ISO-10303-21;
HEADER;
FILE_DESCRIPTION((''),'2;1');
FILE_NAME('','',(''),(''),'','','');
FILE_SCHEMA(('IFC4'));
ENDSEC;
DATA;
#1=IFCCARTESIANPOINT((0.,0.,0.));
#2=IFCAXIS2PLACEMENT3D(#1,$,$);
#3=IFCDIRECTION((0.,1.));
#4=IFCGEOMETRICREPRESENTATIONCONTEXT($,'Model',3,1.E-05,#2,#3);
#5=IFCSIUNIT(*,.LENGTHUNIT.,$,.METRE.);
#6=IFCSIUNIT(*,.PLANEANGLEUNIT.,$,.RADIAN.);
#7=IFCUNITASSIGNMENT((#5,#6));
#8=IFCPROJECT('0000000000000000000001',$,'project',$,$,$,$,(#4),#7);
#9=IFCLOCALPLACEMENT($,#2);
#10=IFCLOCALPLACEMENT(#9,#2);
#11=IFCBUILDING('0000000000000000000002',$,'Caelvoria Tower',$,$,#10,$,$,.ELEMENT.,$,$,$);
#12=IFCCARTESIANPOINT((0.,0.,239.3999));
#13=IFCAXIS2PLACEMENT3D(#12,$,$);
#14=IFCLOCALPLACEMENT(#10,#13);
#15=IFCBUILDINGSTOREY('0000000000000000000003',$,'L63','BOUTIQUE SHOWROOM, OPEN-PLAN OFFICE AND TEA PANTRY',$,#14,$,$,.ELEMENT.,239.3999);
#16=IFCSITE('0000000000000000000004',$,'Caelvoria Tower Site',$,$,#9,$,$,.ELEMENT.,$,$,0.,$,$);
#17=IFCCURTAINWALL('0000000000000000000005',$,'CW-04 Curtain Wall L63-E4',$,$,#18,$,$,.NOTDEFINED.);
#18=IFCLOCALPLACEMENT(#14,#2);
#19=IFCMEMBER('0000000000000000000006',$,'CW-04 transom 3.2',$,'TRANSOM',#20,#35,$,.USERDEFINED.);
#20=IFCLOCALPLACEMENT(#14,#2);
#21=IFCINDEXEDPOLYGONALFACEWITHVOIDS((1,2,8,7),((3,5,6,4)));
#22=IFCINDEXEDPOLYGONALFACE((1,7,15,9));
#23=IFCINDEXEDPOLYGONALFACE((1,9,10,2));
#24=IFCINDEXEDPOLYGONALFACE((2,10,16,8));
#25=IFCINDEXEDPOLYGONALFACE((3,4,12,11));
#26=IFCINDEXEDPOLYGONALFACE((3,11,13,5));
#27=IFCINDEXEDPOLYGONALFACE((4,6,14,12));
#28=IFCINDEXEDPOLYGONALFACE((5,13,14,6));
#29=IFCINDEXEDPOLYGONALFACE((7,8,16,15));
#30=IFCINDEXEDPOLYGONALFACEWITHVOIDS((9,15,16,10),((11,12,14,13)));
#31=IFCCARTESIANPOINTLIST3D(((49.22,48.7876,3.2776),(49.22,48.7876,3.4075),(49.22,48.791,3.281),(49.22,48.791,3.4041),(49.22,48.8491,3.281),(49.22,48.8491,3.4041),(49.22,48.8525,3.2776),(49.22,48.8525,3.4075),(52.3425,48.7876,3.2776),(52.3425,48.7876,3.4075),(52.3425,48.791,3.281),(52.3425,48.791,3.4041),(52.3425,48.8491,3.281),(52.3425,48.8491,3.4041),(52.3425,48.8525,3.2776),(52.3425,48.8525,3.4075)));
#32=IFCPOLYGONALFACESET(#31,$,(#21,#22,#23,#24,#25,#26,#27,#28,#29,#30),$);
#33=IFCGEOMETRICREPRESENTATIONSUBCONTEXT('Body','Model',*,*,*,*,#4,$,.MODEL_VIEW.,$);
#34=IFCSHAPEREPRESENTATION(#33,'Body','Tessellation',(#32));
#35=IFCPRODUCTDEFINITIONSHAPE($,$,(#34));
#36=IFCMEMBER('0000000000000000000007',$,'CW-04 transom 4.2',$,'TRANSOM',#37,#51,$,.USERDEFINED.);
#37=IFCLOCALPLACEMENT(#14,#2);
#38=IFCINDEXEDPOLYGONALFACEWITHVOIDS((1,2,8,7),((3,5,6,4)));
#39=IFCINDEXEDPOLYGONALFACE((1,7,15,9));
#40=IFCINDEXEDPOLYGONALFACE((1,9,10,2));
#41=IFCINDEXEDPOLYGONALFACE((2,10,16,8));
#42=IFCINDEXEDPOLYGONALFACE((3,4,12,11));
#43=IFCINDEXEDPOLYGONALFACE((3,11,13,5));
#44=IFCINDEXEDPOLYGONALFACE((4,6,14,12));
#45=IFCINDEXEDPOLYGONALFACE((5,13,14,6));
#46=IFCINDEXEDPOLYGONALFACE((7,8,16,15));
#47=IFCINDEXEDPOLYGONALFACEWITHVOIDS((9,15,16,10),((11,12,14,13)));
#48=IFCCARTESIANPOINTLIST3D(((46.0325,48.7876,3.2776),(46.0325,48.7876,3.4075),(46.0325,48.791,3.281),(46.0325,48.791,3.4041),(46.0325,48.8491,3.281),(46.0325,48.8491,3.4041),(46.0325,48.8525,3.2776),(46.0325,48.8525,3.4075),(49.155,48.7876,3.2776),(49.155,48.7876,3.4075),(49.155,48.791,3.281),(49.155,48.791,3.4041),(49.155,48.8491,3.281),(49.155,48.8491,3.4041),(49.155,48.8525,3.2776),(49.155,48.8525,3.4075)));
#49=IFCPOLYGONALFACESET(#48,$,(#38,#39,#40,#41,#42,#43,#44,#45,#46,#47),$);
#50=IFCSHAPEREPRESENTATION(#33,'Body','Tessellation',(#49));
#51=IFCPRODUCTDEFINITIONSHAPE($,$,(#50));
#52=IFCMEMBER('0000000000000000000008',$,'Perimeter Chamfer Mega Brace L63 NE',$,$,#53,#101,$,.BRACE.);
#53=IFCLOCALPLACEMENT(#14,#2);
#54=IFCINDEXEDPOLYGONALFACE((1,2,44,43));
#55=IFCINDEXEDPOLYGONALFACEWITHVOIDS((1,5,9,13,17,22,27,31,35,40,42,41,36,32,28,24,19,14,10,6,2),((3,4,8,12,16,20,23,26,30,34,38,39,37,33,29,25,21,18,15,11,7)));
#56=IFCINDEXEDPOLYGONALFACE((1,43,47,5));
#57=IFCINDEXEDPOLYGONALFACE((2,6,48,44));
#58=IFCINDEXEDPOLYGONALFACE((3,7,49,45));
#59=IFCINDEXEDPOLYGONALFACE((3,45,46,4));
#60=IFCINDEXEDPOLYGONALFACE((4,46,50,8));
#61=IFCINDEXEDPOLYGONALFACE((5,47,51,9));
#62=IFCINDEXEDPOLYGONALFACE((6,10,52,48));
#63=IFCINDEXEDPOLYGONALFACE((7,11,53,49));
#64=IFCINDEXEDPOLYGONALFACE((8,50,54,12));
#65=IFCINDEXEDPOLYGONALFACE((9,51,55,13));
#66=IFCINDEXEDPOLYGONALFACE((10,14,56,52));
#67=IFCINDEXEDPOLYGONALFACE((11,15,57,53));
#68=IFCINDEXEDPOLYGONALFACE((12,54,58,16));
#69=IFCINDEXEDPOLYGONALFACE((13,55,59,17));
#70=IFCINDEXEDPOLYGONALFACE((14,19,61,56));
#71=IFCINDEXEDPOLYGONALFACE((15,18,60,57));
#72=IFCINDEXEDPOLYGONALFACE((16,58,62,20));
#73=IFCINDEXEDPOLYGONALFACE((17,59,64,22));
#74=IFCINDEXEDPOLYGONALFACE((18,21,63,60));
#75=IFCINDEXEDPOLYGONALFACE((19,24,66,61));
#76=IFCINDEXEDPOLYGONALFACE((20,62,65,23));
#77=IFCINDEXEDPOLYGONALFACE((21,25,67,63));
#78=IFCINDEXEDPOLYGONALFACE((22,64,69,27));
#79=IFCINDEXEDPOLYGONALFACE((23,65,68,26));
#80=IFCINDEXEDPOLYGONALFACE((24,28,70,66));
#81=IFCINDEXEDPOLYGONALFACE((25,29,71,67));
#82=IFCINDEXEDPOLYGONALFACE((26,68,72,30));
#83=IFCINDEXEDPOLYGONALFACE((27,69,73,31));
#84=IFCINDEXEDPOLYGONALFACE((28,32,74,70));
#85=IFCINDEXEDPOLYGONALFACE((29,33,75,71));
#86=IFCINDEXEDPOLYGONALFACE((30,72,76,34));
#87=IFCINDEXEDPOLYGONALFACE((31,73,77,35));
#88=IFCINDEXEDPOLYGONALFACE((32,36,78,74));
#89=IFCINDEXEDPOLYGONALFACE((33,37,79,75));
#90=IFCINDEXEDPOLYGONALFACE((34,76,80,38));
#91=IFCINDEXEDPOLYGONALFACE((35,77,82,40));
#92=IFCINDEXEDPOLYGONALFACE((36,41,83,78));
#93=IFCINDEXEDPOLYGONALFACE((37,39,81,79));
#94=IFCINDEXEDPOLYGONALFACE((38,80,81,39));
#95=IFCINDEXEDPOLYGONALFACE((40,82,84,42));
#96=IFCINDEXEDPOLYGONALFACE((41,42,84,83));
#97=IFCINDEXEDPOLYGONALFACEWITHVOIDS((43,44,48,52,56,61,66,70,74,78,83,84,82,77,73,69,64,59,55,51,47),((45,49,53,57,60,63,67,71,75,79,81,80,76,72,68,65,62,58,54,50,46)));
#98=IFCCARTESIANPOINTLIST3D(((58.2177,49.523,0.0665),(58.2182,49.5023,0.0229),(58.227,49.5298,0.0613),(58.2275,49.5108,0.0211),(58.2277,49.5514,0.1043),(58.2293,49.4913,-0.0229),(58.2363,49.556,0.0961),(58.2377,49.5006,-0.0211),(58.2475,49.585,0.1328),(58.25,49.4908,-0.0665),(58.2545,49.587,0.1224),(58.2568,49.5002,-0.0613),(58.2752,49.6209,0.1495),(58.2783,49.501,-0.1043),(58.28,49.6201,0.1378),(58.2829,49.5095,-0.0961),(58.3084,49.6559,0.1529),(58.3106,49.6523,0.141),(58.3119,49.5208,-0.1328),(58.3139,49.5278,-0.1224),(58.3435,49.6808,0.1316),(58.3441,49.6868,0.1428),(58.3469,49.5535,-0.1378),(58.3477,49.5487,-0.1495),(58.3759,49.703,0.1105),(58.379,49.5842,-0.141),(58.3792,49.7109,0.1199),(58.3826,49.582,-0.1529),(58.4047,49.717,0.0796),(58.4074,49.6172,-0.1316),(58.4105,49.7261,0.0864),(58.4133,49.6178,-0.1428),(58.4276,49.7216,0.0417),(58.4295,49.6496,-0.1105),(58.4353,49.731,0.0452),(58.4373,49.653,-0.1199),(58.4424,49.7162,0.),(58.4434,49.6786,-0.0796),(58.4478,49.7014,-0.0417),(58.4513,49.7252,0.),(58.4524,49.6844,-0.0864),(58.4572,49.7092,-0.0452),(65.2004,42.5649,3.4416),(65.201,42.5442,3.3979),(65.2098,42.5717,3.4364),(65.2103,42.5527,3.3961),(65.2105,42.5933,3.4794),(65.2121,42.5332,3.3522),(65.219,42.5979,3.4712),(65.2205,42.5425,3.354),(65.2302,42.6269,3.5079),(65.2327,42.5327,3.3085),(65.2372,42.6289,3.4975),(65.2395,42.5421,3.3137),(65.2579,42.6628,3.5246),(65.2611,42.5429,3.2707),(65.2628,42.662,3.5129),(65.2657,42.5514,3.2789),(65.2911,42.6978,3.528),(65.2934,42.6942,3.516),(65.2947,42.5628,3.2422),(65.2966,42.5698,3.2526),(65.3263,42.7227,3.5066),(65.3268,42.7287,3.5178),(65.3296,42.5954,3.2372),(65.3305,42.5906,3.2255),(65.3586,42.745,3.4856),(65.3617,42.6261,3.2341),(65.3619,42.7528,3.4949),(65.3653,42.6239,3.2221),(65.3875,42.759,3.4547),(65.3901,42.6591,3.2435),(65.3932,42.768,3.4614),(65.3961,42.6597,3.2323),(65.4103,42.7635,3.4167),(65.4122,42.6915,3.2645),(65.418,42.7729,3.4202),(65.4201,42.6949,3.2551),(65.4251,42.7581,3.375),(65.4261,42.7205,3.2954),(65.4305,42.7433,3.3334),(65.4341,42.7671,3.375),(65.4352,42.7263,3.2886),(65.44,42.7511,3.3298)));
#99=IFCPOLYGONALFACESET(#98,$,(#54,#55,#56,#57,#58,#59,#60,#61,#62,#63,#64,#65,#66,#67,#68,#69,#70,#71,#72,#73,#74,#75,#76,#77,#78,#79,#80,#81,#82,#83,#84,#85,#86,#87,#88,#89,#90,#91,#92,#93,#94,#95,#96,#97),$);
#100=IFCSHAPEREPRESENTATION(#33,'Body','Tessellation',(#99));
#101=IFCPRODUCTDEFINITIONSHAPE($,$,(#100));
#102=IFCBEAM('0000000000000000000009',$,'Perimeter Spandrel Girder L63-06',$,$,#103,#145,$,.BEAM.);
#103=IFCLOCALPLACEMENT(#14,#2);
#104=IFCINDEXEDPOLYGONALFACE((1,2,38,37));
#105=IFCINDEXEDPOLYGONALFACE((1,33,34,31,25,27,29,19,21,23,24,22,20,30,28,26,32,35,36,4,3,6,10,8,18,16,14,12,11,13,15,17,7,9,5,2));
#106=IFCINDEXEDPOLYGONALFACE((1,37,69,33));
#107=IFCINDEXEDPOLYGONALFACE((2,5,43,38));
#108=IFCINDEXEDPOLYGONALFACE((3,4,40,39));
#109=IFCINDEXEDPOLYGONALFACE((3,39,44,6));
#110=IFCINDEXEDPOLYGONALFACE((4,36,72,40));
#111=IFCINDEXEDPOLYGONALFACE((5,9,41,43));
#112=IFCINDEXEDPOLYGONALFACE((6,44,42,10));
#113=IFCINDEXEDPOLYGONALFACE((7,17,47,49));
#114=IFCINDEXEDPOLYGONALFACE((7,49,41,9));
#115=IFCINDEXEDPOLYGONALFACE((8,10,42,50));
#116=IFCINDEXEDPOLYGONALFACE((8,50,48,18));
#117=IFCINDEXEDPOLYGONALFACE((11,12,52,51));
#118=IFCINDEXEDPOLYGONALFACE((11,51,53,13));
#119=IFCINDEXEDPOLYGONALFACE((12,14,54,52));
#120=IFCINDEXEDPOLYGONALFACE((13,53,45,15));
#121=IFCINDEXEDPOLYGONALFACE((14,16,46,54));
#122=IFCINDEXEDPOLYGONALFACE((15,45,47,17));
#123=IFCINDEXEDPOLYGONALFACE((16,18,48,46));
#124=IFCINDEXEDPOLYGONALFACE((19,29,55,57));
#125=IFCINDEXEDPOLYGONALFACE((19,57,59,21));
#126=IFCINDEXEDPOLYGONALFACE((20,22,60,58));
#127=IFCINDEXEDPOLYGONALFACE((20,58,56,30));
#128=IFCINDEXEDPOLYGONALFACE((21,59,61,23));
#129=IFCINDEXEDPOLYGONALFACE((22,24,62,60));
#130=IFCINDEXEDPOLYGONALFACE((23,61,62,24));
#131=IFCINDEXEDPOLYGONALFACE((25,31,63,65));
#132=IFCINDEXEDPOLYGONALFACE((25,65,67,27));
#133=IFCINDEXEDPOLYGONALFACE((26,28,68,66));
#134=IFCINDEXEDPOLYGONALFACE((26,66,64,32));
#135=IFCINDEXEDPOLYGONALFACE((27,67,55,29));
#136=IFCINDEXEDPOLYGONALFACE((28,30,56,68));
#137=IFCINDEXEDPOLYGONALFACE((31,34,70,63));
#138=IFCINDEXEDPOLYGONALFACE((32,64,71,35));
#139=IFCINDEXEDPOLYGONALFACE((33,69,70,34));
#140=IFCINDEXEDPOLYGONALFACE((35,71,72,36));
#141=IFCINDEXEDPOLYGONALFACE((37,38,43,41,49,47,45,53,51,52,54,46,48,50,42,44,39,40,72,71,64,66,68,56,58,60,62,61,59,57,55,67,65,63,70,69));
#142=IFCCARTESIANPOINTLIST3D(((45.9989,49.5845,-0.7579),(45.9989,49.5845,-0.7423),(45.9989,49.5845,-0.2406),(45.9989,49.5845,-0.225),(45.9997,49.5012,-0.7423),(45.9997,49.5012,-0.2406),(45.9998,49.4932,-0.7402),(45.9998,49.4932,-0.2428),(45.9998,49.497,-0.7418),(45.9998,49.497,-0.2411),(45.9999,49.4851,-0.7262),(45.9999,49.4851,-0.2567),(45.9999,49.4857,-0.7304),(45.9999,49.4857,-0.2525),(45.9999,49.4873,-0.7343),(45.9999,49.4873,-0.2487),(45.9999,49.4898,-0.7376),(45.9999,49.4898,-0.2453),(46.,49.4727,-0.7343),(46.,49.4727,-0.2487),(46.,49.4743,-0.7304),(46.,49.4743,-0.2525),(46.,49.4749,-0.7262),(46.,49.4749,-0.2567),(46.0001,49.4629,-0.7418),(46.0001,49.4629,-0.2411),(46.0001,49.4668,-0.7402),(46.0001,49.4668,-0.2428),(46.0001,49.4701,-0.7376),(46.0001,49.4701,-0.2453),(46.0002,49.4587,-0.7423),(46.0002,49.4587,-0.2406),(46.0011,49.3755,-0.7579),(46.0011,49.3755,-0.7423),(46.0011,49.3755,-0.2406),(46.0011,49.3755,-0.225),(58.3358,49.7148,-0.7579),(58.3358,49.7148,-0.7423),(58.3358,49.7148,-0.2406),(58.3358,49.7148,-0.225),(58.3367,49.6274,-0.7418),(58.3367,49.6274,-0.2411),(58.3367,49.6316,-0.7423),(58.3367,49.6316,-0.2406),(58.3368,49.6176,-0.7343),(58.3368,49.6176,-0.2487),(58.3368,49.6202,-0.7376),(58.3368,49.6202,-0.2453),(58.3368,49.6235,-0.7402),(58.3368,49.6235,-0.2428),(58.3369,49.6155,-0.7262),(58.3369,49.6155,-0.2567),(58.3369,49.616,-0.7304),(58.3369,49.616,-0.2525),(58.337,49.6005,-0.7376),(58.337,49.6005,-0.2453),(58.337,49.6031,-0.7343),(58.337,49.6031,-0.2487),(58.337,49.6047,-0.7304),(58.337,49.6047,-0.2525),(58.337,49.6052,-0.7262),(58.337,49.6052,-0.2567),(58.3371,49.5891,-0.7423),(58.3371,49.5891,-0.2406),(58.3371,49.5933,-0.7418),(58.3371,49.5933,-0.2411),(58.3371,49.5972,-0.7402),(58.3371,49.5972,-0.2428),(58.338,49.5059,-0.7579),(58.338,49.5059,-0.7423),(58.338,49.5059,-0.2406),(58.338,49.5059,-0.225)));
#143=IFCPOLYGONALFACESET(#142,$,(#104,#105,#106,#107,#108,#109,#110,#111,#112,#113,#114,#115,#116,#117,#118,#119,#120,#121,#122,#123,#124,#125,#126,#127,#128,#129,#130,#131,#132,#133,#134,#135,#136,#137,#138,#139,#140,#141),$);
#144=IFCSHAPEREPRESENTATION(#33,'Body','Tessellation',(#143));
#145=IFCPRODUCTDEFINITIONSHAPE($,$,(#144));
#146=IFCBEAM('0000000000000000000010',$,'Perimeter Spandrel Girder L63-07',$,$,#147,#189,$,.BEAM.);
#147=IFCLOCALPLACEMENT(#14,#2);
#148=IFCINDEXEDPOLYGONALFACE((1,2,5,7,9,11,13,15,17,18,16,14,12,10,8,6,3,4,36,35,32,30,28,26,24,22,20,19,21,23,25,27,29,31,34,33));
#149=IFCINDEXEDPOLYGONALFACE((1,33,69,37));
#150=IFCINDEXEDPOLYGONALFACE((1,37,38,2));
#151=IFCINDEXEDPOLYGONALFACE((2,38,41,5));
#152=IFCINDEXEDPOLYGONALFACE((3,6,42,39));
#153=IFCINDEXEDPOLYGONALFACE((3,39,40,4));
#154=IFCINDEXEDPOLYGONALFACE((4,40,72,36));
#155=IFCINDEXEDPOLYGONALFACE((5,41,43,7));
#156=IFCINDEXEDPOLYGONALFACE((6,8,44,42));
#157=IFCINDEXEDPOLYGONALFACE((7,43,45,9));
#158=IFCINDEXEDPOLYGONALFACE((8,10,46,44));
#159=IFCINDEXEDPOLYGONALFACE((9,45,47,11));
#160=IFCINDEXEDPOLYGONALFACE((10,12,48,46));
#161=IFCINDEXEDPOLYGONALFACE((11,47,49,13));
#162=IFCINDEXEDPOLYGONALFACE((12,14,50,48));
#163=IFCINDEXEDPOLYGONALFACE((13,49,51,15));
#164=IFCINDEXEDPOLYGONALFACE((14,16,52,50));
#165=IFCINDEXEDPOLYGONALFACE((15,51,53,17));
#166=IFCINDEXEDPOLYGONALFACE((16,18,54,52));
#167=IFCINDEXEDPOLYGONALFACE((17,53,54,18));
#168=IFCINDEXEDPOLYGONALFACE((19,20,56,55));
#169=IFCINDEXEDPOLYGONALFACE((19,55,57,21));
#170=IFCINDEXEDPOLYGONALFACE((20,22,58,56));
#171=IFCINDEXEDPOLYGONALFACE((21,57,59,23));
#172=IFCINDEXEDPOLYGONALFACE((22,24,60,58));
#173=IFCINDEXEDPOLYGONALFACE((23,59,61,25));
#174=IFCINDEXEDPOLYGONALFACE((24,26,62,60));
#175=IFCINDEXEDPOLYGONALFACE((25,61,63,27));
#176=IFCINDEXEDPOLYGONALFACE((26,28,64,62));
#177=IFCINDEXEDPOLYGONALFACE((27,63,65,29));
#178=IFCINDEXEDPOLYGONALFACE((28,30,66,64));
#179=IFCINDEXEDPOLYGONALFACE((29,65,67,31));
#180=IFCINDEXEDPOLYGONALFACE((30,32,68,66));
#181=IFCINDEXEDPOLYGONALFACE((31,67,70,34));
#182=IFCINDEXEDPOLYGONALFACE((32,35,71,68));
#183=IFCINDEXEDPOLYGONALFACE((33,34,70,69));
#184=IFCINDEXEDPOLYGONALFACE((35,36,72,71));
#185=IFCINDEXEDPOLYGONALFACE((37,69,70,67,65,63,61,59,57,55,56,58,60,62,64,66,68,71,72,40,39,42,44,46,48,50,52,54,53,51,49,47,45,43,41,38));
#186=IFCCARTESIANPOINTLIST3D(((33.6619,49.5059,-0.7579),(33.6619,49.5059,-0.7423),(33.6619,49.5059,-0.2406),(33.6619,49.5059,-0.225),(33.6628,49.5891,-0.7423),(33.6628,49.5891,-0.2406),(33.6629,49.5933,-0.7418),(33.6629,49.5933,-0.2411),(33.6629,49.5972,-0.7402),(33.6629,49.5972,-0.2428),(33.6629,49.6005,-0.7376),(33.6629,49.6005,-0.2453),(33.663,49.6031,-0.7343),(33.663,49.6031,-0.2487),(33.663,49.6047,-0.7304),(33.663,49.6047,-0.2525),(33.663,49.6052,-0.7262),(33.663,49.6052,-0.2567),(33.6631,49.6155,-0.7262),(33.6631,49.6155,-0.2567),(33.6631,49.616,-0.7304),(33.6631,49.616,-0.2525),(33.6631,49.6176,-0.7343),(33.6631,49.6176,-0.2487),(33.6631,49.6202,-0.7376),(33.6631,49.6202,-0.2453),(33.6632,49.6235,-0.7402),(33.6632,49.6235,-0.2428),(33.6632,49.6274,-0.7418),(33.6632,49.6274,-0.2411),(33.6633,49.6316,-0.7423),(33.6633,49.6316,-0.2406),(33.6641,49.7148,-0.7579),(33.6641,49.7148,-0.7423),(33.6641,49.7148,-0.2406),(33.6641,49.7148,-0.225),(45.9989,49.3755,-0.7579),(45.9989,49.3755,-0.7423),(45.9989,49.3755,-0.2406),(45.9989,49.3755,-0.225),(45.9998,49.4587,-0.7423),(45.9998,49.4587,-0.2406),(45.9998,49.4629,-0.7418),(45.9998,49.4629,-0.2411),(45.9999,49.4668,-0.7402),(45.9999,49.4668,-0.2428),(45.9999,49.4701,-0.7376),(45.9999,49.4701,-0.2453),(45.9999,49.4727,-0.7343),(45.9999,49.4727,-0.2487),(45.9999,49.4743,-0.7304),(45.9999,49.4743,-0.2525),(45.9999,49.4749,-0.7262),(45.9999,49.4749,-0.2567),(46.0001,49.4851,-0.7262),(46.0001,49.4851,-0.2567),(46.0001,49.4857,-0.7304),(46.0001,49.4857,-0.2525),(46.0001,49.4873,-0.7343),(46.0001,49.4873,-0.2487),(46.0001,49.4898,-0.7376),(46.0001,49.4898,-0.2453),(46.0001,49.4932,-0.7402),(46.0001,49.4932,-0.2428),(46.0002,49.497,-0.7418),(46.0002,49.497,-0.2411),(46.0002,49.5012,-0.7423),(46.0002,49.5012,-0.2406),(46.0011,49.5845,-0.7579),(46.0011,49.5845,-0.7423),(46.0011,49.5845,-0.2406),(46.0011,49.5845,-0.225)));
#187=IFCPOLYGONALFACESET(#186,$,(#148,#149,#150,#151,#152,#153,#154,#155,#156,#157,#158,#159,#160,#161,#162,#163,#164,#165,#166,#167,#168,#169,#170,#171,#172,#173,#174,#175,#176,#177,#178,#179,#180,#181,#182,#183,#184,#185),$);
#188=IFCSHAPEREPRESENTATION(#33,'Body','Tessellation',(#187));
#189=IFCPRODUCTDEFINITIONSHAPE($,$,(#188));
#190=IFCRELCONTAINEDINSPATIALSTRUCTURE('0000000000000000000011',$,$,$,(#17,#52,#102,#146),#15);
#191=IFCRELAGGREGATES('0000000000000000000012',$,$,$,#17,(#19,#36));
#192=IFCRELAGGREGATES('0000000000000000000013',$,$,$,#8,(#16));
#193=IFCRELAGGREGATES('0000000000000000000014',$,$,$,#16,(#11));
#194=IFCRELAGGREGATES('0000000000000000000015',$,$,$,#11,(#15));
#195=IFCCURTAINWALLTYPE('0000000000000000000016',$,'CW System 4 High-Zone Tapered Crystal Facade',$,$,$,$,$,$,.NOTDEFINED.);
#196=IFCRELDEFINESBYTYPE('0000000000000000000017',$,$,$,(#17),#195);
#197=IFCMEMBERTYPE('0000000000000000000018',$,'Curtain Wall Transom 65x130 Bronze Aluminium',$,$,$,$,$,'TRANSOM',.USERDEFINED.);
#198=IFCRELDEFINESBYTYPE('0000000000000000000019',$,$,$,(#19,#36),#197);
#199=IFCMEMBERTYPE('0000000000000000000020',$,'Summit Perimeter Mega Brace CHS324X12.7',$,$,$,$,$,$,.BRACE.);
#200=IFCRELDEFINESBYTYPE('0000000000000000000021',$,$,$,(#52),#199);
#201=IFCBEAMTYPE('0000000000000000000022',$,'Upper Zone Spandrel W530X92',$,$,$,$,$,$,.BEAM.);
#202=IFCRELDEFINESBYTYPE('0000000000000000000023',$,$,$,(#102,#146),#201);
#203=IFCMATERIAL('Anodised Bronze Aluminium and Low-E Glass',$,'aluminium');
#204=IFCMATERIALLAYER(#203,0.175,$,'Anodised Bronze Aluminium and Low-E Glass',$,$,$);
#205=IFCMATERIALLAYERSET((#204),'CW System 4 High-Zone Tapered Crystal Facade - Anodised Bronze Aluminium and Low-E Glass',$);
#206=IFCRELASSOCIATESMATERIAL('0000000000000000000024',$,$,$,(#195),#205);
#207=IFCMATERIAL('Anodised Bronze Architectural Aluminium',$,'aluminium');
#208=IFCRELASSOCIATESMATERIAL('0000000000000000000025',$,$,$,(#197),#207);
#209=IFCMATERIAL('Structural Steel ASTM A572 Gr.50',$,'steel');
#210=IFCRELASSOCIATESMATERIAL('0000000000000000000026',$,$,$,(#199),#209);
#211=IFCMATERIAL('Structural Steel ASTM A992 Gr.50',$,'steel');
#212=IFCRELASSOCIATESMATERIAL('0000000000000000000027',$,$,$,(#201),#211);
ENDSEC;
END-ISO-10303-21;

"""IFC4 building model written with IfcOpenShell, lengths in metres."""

from ifc_helpers import new_model, si_unit, direction, frame, origin, origin_2d, place, context, subcontext, project, spatial, hollow_rectangle, hollow_circle, i_section, extrude, material, layer, layer_set, material_profile, profile_set, type_object, element, aggregate, save


model = new_model("IFC4")

# Units and contexts
model_context = context("Model", 3, precision=1e-05, world=origin(), true_north=direction((0.0, 1.0)))
body_context = subcontext(model_context, "Body", "Model", "MODEL_VIEW")
ifc_project = project(units=[si_unit("LENGTHUNIT", "METRE"), si_unit("PLANEANGLEUNIT", "RADIAN")], contexts=[model_context])

# Site, building, storey
site_placement = place(None, origin())
site = spatial("IfcSite", under=ifc_project, at=site_placement, Name="Caelvoria Tower Site", CompositionType="ELEMENT", RefElevation=0.0)
building_placement = place(site_placement, origin())
building = spatial("IfcBuilding", under=site, at=building_placement, Name="Caelvoria Tower", CompositionType="ELEMENT")
storey_placement = place(building_placement, frame((0.0, 0.0, 239.3999)))
storey = spatial("IfcBuildingStorey", under=building, at=storey_placement, Name="L63", Description="BOUTIQUE SHOWROOM, OPEN-PLAN OFFICE AND TEA PANTRY", CompositionType="ELEMENT", Elevation=239.3999)

# Shared definitions
ifc_material_1 = material(Name="Structural Steel ASTM A572 Gr.50", Category="steel")
ifc_material_2 = material(Name="Structural Steel ASTM A992 Gr.50", Category="steel")

# Shared definitions
ifc_material_3 = material(Name="Anodised Bronze Aluminium and Low-E Glass", Category="aluminium")
ifc_layer_1 = layer(ifc_material_3, 0.175, Name="Anodised Bronze Aluminium and Low-E Glass")
ifc_layer_set_1 = layer_set([ifc_layer_1], Name="CW System 4 High-Zone Tapered Crystal Facade - Anodised Bronze Aluminium and Low-E Glass")
curtain_wall_type = type_object("IfcCurtainWallType", Name="CW System 4 High-Zone Tapered Crystal Facade", PredefinedType="NOTDEFINED", material=ifc_layer_set_1)
ifc_material_4 = material(Name="Anodised Bronze Architectural Aluminium", Category="aluminium")

# Curtain wall, members
curtain_wall_1_placement = place(storey_placement, origin())
curtain_wall_1 = element("IfcCurtainWall", 1, at=curtain_wall_1_placement, inside=storey, type_object=curtain_wall_type, Name="CW-04 Curtain Wall L63-E4", PredefinedType="NOTDEFINED")
ifc_material_profile_1 = material_profile(ifc_material_4, hollow_rectangle(XDim=0.0649, YDim=0.1299, WallThickness=0.0034, at=origin_2d()), Name="Anodised Bronze Architectural Aluminium")
ifc_profile_set_1 = profile_set([ifc_material_profile_1], Name="CW_TRAN_65X130 - Anodised Bronze Architectural Aluminium")
member_type_1 = type_object("IfcMemberType", Name="Curtain Wall Transom 65x130 Bronze Aluminium", ElementType="TRANSOM", PredefinedType="USERDEFINED", material=ifc_profile_set_1)
member_1_placement = place(storey_placement, frame((52.3425, 48.8201, 3.3425), z_axis=(-1.0, 0.0, 0.0), x_axis=(0.0, -1.0, 0.0)))
member_1 = element("IfcMember", 2, at=member_1_placement, type_object=member_type_1, Name="CW-04 transom 3.2", ObjectType="TRANSOM", PredefinedType="USERDEFINED", context=body_context, shape_type="SweptSolid", body=[
    extrude(hollow_rectangle(XDim=0.0649, YDim=0.1299, WallThickness=0.0034, at=origin_2d()), origin(), (0.0, 0.0, 1.0), 3.1226),
])
member_2_placement = place(storey_placement, frame((49.155, 48.8201, 3.3425), z_axis=(-1.0, 0.0, 0.0), x_axis=(0.0, -1.0, 0.0)))
member_2 = element("IfcMember", 3, at=member_2_placement, type_object=member_type_1, Name="CW-04 transom 4.2", ObjectType="TRANSOM", PredefinedType="USERDEFINED", context=body_context, shape_type="SweptSolid", body=[
    extrude(hollow_rectangle(XDim=0.0649, YDim=0.1299, WallThickness=0.0034, at=origin_2d()), origin(), (0.0, 0.0, 1.0), 3.1226),
])

# Member
ifc_material_profile_2 = material_profile(ifc_material_1, hollow_circle(Radius=0.1621, WallThickness=0.0127, at=origin_2d()), Name="Structural Steel ASTM A572 Gr.50")
ifc_profile_set_2 = profile_set([ifc_material_profile_2], Name="CHS324X12.7 - Structural Steel ASTM A572 Gr.50")
member_type_2 = type_object("IfcMemberType", Name="Summit Perimeter Mega Brace CHS324X12.7", PredefinedType="BRACE", material=ifc_profile_set_2)
member_3_placement = place(storey_placement, frame((58.3369, 49.6104, 0.0), z_axis=(0.670166, -0.667799, 0.323918), x_axis=(0.705855, 0.708356, 0.0)))
element("IfcMember", 4, at=member_3_placement, inside=storey, type_object=member_type_2, Name="Perimeter Chamfer Mega Brace L63 NE", PredefinedType="BRACE", context=body_context, shape_type="SweptSolid", body=[
    extrude(hollow_circle(Radius=0.1621, WallThickness=0.0127, at=origin_2d()), origin(), (0.0, 0.0, 1.0), 10.4194),
])

# Beams
ifc_material_profile_3 = material_profile(ifc_material_2, i_section(OverallWidth=0.209, OverallDepth=0.533, WebThickness=0.0103, FlangeThickness=0.0156, FilletRadius=0.0161, at=origin_2d()), Name="Structural Steel ASTM A992 Gr.50")
ifc_profile_set_3 = profile_set([ifc_material_profile_3], Name="W530X92 - Structural Steel ASTM A992 Gr.50")
beam_type = type_object("IfcBeamType", Name="Upper Zone Spandrel W530X92", PredefinedType="BEAM", material=ifc_profile_set_3)
for number, where, z_axis, x_axis, name in (
    (5, (58.3369, 49.6104, -0.4915), (-0.999944, -0.010567, 0.0), (0.010567, -0.999944, 0.0), "Perimeter Spandrel Girder L63-06"),
    (6, (46.0, 49.48, -0.4915), (-0.999944, 0.010567, 0.0), (-0.010567, -0.999944, 0.0), "Perimeter Spandrel Girder L63-07"),
):
    element("IfcBeam", number, at=place(storey_placement, frame(where, z_axis=z_axis, x_axis=x_axis)), inside=storey, type_object=beam_type, Name=name, PredefinedType="BEAM", context=body_context, shape_type="SweptSolid", body=[
        extrude(i_section(OverallWidth=0.209, OverallDepth=0.533, WebThickness=0.0103, FlangeThickness=0.0156, FilletRadius=0.0161, at=origin_2d()), origin(), (0.0, 0.0, 1.0), 12.3376),
    ])

aggregate(curtain_wall_1, [member_1, member_2])

save(model, "model.ifc")
